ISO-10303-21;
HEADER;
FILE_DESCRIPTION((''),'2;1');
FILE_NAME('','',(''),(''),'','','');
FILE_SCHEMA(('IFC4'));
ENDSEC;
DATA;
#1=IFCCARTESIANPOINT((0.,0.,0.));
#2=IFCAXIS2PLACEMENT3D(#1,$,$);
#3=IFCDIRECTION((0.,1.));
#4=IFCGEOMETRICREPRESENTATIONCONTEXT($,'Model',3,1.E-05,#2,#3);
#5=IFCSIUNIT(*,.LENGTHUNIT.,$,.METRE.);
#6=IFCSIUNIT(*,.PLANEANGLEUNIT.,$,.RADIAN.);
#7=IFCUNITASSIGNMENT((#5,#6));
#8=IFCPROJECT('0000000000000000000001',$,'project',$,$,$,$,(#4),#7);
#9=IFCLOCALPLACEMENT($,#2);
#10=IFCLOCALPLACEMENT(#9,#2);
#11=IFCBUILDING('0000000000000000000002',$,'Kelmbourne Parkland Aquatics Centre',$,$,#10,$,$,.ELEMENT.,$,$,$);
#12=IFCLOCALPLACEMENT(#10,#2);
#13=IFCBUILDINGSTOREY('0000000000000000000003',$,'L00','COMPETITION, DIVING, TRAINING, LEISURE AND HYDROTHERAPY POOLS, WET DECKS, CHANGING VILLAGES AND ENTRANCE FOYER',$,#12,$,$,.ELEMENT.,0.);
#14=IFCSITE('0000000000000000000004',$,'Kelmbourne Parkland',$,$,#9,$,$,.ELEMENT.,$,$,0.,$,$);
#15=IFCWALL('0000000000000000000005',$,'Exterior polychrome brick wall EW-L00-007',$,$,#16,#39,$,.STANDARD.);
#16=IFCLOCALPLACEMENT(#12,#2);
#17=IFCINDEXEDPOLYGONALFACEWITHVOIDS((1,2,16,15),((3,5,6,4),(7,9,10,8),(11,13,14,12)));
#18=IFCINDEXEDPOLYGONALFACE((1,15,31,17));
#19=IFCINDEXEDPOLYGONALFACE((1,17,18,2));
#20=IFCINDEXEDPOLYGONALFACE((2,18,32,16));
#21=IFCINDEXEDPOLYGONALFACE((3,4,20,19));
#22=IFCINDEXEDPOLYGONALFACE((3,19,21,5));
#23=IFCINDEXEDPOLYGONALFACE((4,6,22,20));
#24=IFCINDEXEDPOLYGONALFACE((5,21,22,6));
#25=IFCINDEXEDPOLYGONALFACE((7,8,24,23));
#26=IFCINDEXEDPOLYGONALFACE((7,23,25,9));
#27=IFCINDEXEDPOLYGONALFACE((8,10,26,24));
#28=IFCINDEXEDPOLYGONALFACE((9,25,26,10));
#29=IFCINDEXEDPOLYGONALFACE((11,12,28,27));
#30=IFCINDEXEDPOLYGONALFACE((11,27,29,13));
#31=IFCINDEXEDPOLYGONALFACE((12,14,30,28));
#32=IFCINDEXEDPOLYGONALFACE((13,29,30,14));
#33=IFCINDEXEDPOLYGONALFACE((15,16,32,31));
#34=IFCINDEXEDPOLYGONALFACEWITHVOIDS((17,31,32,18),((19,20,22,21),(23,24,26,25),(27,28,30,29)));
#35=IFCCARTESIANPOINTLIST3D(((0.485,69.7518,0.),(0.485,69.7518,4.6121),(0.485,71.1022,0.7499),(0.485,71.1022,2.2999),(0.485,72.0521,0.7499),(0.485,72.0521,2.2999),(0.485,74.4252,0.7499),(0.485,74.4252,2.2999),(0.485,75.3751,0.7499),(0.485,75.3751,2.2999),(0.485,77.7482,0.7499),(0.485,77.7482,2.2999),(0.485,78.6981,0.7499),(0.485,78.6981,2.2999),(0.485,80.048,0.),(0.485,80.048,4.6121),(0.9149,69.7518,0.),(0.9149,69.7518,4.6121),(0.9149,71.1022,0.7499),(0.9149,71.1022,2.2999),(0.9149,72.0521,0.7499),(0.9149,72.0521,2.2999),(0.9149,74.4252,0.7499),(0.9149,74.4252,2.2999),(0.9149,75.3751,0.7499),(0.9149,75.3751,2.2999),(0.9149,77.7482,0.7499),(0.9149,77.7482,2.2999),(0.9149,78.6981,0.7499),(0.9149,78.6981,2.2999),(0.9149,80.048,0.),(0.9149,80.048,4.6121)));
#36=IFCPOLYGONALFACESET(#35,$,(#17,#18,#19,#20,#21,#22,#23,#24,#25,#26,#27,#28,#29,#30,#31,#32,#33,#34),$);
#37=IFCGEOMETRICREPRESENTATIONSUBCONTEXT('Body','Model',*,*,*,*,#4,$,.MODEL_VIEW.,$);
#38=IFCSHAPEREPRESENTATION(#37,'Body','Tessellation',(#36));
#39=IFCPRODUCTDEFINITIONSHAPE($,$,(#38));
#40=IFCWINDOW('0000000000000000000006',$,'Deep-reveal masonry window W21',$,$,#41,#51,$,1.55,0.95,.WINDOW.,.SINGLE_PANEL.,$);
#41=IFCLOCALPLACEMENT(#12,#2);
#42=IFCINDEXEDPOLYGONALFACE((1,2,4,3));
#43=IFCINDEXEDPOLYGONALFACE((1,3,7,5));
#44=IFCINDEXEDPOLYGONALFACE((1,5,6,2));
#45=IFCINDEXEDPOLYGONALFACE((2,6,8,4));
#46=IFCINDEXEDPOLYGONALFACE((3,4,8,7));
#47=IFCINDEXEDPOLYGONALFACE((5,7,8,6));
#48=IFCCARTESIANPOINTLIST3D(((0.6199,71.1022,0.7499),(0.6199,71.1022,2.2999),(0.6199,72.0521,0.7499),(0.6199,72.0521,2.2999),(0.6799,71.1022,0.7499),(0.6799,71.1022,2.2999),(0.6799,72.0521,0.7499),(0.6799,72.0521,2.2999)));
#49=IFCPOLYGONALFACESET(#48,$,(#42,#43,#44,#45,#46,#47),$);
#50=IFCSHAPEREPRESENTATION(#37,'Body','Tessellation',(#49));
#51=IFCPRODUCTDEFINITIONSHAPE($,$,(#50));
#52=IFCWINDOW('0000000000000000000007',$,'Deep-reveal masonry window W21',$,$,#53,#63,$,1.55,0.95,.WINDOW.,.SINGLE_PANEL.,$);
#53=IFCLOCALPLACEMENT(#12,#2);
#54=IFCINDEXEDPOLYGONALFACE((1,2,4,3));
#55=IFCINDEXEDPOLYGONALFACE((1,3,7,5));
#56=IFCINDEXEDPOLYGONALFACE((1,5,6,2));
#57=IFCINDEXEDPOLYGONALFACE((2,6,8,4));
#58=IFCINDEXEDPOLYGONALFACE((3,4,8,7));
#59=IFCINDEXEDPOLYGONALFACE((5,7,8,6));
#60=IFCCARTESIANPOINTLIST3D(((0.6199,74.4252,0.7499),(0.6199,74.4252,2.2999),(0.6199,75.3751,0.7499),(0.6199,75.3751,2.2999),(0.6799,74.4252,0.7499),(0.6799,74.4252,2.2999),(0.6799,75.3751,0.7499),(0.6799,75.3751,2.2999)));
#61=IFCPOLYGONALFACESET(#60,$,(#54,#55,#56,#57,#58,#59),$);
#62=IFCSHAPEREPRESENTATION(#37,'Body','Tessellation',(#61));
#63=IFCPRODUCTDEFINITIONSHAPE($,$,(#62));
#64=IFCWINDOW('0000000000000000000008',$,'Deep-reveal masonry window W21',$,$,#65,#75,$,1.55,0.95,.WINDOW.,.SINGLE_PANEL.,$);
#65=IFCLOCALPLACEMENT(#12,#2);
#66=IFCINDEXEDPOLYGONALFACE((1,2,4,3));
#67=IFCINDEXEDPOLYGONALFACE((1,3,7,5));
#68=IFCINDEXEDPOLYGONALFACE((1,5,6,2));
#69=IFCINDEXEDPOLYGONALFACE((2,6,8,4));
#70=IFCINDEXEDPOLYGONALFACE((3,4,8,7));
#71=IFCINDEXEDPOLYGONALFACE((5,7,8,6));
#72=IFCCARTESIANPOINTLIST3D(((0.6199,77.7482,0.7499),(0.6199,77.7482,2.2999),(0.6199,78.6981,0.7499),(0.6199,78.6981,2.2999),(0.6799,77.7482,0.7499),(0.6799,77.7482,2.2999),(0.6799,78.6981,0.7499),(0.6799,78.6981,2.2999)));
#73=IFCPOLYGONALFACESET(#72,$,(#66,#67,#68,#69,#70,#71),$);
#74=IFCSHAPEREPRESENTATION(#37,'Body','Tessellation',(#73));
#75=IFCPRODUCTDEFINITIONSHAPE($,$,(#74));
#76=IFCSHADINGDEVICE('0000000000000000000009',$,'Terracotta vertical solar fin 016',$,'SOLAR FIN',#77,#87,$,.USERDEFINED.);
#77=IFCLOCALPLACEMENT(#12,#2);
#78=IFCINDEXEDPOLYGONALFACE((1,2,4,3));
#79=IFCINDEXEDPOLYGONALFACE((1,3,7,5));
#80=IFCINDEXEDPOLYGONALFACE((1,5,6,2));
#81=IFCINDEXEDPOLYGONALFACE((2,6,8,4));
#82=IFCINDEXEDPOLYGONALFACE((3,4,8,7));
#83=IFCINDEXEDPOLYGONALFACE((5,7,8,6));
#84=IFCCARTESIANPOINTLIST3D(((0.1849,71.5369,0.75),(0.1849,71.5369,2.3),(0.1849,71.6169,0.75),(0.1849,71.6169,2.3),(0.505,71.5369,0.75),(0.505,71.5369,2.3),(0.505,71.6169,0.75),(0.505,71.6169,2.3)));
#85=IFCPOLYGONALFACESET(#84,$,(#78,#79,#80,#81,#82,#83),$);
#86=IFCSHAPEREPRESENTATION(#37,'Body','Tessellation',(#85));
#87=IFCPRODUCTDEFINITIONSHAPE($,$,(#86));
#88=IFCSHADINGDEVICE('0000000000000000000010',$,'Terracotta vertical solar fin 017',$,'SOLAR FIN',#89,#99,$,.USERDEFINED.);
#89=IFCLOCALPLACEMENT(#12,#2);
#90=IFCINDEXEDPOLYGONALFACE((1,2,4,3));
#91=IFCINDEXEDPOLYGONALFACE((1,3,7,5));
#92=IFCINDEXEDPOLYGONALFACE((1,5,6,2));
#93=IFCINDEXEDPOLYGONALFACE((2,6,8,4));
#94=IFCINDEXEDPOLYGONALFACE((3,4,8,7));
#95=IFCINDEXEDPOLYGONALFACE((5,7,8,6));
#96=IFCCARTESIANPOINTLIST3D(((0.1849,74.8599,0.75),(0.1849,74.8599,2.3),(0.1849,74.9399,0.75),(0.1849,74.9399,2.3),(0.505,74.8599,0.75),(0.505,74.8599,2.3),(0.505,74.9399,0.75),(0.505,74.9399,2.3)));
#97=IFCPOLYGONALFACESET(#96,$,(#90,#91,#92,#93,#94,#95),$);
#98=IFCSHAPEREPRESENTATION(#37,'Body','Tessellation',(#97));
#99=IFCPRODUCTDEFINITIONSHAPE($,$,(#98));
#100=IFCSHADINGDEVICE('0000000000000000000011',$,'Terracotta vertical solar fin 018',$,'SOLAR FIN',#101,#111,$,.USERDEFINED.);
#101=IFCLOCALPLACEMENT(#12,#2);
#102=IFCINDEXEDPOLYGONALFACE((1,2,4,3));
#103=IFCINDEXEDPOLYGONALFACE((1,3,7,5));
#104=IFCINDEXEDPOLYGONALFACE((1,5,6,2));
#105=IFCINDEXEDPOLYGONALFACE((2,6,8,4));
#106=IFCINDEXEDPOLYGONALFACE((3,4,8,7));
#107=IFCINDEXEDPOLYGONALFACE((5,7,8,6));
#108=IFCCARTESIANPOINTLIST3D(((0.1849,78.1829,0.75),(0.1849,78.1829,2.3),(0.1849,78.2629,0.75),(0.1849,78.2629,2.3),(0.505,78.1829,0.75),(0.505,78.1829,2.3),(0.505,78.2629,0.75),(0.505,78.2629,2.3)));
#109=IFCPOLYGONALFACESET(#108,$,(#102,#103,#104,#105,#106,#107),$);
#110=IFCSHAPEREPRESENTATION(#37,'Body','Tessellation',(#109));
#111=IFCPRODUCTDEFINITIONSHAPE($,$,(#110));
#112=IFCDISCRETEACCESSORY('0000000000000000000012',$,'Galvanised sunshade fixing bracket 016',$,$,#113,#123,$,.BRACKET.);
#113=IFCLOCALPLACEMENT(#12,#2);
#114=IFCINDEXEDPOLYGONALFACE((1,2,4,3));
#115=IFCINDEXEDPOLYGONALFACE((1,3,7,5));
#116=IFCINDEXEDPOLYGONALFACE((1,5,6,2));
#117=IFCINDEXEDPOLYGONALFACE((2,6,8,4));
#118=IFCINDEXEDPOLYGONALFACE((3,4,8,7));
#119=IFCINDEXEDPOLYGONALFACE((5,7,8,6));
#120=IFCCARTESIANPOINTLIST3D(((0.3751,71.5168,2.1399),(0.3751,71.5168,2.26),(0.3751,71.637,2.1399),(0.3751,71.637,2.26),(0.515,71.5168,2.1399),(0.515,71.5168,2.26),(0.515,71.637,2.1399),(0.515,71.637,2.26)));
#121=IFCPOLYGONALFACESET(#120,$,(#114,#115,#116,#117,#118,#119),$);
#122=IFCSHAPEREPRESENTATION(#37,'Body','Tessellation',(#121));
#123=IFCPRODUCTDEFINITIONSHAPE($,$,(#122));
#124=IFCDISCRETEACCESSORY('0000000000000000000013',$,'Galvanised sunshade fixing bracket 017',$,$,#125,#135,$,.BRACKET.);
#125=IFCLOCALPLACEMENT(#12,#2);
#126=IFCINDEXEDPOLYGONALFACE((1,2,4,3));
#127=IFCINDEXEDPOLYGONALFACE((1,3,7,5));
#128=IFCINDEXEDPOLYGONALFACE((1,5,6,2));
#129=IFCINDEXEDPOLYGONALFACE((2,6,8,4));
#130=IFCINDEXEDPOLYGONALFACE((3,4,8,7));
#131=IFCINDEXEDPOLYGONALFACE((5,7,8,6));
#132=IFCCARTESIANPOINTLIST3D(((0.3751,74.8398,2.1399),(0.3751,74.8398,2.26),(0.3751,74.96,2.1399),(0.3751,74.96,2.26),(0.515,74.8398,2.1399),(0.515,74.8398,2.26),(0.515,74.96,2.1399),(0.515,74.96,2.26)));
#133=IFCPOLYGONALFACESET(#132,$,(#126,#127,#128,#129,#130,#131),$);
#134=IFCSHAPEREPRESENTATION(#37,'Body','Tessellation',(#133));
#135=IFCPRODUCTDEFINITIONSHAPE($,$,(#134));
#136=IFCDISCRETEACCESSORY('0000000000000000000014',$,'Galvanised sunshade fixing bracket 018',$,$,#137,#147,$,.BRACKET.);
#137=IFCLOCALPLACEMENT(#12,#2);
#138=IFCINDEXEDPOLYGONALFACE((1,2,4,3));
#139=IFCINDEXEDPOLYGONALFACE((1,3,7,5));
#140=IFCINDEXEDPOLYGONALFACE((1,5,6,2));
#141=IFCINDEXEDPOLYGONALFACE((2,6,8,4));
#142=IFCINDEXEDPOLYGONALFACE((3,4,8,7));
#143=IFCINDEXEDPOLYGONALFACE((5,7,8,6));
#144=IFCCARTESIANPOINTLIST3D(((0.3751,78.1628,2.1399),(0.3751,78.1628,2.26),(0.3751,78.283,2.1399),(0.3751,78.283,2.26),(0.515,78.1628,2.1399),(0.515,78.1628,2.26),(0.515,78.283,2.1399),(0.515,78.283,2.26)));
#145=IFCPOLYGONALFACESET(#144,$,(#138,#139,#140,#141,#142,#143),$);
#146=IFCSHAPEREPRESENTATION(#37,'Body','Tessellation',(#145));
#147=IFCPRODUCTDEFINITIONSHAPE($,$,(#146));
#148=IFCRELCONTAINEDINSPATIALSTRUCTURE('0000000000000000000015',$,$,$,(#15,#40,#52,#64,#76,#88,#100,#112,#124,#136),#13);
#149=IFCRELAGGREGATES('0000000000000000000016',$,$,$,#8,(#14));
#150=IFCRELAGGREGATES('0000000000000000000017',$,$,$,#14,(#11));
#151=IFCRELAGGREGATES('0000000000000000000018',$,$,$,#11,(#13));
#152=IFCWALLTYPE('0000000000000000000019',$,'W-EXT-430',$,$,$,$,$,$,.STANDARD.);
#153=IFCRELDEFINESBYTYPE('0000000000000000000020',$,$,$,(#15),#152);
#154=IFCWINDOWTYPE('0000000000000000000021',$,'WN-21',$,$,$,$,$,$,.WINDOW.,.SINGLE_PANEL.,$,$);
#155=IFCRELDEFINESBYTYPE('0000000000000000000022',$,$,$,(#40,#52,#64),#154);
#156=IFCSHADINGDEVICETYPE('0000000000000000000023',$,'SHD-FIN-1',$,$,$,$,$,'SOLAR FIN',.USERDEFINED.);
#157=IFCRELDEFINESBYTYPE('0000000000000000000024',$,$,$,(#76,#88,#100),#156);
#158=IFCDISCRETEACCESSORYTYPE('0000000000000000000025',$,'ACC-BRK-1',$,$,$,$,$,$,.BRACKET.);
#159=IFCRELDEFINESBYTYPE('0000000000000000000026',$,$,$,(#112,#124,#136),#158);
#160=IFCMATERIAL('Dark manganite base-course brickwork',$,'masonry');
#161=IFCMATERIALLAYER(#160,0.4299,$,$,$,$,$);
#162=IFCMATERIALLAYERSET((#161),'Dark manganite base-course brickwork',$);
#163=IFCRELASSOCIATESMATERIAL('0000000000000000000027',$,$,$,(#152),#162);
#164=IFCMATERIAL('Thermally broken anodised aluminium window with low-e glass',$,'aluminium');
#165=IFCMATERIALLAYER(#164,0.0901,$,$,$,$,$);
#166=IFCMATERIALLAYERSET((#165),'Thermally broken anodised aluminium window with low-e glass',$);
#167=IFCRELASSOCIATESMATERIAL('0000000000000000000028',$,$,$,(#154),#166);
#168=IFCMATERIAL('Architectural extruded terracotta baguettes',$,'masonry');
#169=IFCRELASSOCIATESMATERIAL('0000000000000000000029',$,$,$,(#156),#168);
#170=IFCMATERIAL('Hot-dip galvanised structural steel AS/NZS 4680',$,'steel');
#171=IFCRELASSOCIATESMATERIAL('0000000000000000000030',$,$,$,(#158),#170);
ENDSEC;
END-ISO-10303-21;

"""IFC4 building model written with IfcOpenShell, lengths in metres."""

from ifc_helpers import new_model, si_unit, direction, frame, frame_2d, origin, origin_2d, place, context, subcontext, project, spatial, rectangle, extrude, material, layer, layer_set, type_object, element, fill, save


model = new_model("IFC4")

# Units and contexts
model_context = context("Model", 3, precision=1e-05, world=origin(), true_north=direction((0.0, 1.0)))
body_context = subcontext(model_context, "Body", "Model", "MODEL_VIEW")
ifc_project = project(units=[si_unit("LENGTHUNIT", "METRE"), si_unit("PLANEANGLEUNIT", "RADIAN")], contexts=[model_context])

# Site, building, storey
site_placement = place(None, origin())
site = spatial("IfcSite", under=ifc_project, at=site_placement, Name="Kelmbourne Parkland", CompositionType="ELEMENT", RefElevation=0.0)
building_placement = place(site_placement, origin())
building = spatial("IfcBuilding", under=site, at=building_placement, Name="Kelmbourne Parkland Aquatics Centre", CompositionType="ELEMENT")
storey_placement = place(building_placement, origin())
storey = spatial("IfcBuildingStorey", under=building, at=storey_placement, Name="L00", Description="COMPETITION, DIVING, TRAINING, LEISURE AND HYDROTHERAPY POOLS, WET DECKS, CHANGING VILLAGES AND ENTRANCE FOYER", CompositionType="ELEMENT", Elevation=0.0)

# Wall, openings, windows
ifc_material_1 = material(Name="Dark manganite base-course brickwork", Category="masonry")
ifc_layer_1 = layer(ifc_material_1, 0.4299)
ifc_layer_set_1 = layer_set([ifc_layer_1], Name="Dark manganite base-course brickwork")
wall_type = type_object("IfcWallType", Name="W-EXT-430", PredefinedType="STANDARD", material=ifc_layer_set_1)
wall_placement = place(storey_placement, frame((0.7, 69.752, 0.0), z_axis=(0.0, 0.0, 1.0), x_axis=(0.0, 1.0, 0.0)))
wall = element("IfcWall", 1, at=wall_placement, inside=storey, type_object=wall_type, Name="Exterior polychrome brick wall EW-L00-007", PredefinedType="STANDARD", context=body_context, shape_type="SweptSolid", body=[
    extrude(rectangle(XDim=10.2961, YDim=0.4299, at=frame_2d((5.1479, 0.0))), origin(), (0.0, 0.0, 1.0), 4.6121),
])
opening_1_placement = place(wall_placement, frame((1.3501, 0.0, 0.75)))
opening_1 = element("IfcOpeningElement", 2, at=opening_1_placement, cuts=wall, PredefinedType="OPENING", context=body_context, shape_type="SweptSolid", body=[
    extrude(rectangle(XDim=0.95, YDim=1.55, at=frame_2d((0.4751, 0.7749))), frame((0.0, 0.2271, 0.0), z_axis=(0.0, -1.0, 0.0), x_axis=(1.0, 0.0, 0.0)), (0.0, 0.0, 1.0), 0.4539),
])
opening_2_placement = place(wall_placement, frame((4.6731, 0.0, 0.75)))
opening_2 = element("IfcOpeningElement", 3, at=opening_2_placement, cuts=wall, PredefinedType="OPENING", context=body_context, shape_type="SweptSolid", body=[
    extrude(rectangle(XDim=0.95, YDim=1.55, at=frame_2d((0.4751, 0.7749))), frame((0.0, 0.2271, 0.0), z_axis=(0.0, -1.0, 0.0), x_axis=(1.0, 0.0, 0.0)), (0.0, 0.0, 1.0), 0.4539),
])
opening_3_placement = place(wall_placement, frame((7.9961, 0.0, 0.75)))
opening_3 = element("IfcOpeningElement", 4, at=opening_3_placement, cuts=wall, PredefinedType="OPENING", context=body_context, shape_type="SweptSolid", body=[
    extrude(rectangle(XDim=0.95, YDim=1.55, at=frame_2d((0.4751, 0.7749))), frame((0.0, 0.2271, 0.0), z_axis=(0.0, -1.0, 0.0), x_axis=(1.0, 0.0, 0.0)), (0.0, 0.0, 1.0), 0.4539),
])
ifc_material_2 = material(Name="Thermally broken anodised aluminium window with low-e glass", Category="aluminium")
ifc_layer_2 = layer(ifc_material_2, 0.0901)
ifc_layer_set_2 = layer_set([ifc_layer_2], Name="Thermally broken anodised aluminium window with low-e glass")
window_type = type_object("IfcWindowType", Name="WN-21", PartitioningType="SINGLE_PANEL", PredefinedType="WINDOW", material=ifc_layer_set_2)
window_1_placement = place(opening_1_placement, origin())
window_1 = element("IfcWindow", 5, at=window_1_placement, inside=storey, type_object=window_type, Name="Deep-reveal masonry window W21", OverallHeight=1.55, OverallWidth=0.95, PartitioningType="SINGLE_PANEL", PredefinedType="WINDOW", context=body_context, shape_type="SweptSolid", body=[
    extrude(rectangle(XDim=0.95, YDim=1.55, at=frame_2d((0.4751, 0.7749))), frame((0.0, 0.0801, 0.0), z_axis=(0.0, -1.0, 0.0), x_axis=(1.0, 0.0, 0.0)), (0.0, 0.0, 1.0), 0.0601),
])
fill(opening_1, window_1)
window_2_placement = place(opening_2_placement, origin())
window_2 = element("IfcWindow", 6, at=window_2_placement, inside=storey, type_object=window_type, Name="Deep-reveal masonry window W21", OverallHeight=1.55, OverallWidth=0.95, PartitioningType="SINGLE_PANEL", PredefinedType="WINDOW", context=body_context, shape_type="SweptSolid", body=[
    extrude(rectangle(XDim=0.95, YDim=1.55, at=frame_2d((0.4751, 0.7749))), frame((0.0, 0.0801, 0.0), z_axis=(0.0, -1.0, 0.0), x_axis=(1.0, 0.0, 0.0)), (0.0, 0.0, 1.0), 0.0601),
])
fill(opening_2, window_2)
window_3_placement = place(opening_3_placement, origin())
window_3 = element("IfcWindow", 7, at=window_3_placement, inside=storey, type_object=window_type, Name="Deep-reveal masonry window W21", OverallHeight=1.55, OverallWidth=0.95, PartitioningType="SINGLE_PANEL", PredefinedType="WINDOW", context=body_context, shape_type="SweptSolid", body=[
    extrude(rectangle(XDim=0.95, YDim=1.55, at=frame_2d((0.4751, 0.7749))), frame((0.0, 0.0801, 0.0), z_axis=(0.0, -1.0, 0.0), x_axis=(1.0, 0.0, 0.0)), (0.0, 0.0, 1.0), 0.0601),
])
fill(opening_3, window_3)

# Shading devices
ifc_material_3 = material(Name="Architectural extruded terracotta baguettes", Category="masonry")
shading_device_type = type_object("IfcShadingDeviceType", Name="SHD-FIN-1", ElementType="SOLAR FIN", PredefinedType="USERDEFINED", material=ifc_material_3)
for number, where, z_axis, x_axis, name in (
    (8, (0.345, 71.5769, 0.75), (0.0, 0.0, 1.0), (0.0, 1.0, 0.0), "Terracotta vertical solar fin 016"),
    (9, (0.345, 74.8999, 0.75), (0.0, 0.0, 1.0), (0.0, 1.0, 0.0), "Terracotta vertical solar fin 017"),
    (10, (0.345, 78.2229, 0.75), (0.0, 0.0, 1.0), (0.0, 1.0, 0.0), "Terracotta vertical solar fin 018"),
):
    element("IfcShadingDevice", number, at=place(storey_placement, frame(where, z_axis=z_axis, x_axis=x_axis)), inside=storey, type_object=shading_device_type, Name=name, ObjectType="SOLAR FIN", PredefinedType="USERDEFINED", context=body_context, shape_type="SweptSolid", body=[
        extrude(rectangle(XDim=0.0801, YDim=0.3201, at=origin_2d()), origin(), (0.0, 0.0, 1.0), 1.55),
    ])

# Discrete accessories
ifc_material_4 = material(Name="Hot-dip galvanised structural steel AS/NZS 4680", Category="steel")
discrete_accessory_type = type_object("IfcDiscreteAccessoryType", Name="ACC-BRK-1", PredefinedType="BRACKET", material=ifc_material_4)
for number, where, z_axis, x_axis, name in (
    (11, (0.4451, 71.5769, 2.1399), (0.0, 0.0, 1.0), (0.0, 1.0, 0.0), "Galvanised sunshade fixing bracket 016"),
    (12, (0.4451, 74.8999, 2.1399), (0.0, 0.0, 1.0), (0.0, 1.0, 0.0), "Galvanised sunshade fixing bracket 017"),
    (13, (0.4451, 78.2229, 2.1399), (0.0, 0.0, 1.0), (0.0, 1.0, 0.0), "Galvanised sunshade fixing bracket 018"),
):
    element("IfcDiscreteAccessory", number, at=place(storey_placement, frame(where, z_axis=z_axis, x_axis=x_axis)), inside=storey, type_object=discrete_accessory_type, Name=name, PredefinedType="BRACKET", context=body_context, shape_type="SweptSolid", body=[
        extrude(rectangle(XDim=0.1201, YDim=0.1399, at=origin_2d()), origin(), (0.0, 0.0, 1.0), 0.1201),
    ])

save(model, "model.ifc")
